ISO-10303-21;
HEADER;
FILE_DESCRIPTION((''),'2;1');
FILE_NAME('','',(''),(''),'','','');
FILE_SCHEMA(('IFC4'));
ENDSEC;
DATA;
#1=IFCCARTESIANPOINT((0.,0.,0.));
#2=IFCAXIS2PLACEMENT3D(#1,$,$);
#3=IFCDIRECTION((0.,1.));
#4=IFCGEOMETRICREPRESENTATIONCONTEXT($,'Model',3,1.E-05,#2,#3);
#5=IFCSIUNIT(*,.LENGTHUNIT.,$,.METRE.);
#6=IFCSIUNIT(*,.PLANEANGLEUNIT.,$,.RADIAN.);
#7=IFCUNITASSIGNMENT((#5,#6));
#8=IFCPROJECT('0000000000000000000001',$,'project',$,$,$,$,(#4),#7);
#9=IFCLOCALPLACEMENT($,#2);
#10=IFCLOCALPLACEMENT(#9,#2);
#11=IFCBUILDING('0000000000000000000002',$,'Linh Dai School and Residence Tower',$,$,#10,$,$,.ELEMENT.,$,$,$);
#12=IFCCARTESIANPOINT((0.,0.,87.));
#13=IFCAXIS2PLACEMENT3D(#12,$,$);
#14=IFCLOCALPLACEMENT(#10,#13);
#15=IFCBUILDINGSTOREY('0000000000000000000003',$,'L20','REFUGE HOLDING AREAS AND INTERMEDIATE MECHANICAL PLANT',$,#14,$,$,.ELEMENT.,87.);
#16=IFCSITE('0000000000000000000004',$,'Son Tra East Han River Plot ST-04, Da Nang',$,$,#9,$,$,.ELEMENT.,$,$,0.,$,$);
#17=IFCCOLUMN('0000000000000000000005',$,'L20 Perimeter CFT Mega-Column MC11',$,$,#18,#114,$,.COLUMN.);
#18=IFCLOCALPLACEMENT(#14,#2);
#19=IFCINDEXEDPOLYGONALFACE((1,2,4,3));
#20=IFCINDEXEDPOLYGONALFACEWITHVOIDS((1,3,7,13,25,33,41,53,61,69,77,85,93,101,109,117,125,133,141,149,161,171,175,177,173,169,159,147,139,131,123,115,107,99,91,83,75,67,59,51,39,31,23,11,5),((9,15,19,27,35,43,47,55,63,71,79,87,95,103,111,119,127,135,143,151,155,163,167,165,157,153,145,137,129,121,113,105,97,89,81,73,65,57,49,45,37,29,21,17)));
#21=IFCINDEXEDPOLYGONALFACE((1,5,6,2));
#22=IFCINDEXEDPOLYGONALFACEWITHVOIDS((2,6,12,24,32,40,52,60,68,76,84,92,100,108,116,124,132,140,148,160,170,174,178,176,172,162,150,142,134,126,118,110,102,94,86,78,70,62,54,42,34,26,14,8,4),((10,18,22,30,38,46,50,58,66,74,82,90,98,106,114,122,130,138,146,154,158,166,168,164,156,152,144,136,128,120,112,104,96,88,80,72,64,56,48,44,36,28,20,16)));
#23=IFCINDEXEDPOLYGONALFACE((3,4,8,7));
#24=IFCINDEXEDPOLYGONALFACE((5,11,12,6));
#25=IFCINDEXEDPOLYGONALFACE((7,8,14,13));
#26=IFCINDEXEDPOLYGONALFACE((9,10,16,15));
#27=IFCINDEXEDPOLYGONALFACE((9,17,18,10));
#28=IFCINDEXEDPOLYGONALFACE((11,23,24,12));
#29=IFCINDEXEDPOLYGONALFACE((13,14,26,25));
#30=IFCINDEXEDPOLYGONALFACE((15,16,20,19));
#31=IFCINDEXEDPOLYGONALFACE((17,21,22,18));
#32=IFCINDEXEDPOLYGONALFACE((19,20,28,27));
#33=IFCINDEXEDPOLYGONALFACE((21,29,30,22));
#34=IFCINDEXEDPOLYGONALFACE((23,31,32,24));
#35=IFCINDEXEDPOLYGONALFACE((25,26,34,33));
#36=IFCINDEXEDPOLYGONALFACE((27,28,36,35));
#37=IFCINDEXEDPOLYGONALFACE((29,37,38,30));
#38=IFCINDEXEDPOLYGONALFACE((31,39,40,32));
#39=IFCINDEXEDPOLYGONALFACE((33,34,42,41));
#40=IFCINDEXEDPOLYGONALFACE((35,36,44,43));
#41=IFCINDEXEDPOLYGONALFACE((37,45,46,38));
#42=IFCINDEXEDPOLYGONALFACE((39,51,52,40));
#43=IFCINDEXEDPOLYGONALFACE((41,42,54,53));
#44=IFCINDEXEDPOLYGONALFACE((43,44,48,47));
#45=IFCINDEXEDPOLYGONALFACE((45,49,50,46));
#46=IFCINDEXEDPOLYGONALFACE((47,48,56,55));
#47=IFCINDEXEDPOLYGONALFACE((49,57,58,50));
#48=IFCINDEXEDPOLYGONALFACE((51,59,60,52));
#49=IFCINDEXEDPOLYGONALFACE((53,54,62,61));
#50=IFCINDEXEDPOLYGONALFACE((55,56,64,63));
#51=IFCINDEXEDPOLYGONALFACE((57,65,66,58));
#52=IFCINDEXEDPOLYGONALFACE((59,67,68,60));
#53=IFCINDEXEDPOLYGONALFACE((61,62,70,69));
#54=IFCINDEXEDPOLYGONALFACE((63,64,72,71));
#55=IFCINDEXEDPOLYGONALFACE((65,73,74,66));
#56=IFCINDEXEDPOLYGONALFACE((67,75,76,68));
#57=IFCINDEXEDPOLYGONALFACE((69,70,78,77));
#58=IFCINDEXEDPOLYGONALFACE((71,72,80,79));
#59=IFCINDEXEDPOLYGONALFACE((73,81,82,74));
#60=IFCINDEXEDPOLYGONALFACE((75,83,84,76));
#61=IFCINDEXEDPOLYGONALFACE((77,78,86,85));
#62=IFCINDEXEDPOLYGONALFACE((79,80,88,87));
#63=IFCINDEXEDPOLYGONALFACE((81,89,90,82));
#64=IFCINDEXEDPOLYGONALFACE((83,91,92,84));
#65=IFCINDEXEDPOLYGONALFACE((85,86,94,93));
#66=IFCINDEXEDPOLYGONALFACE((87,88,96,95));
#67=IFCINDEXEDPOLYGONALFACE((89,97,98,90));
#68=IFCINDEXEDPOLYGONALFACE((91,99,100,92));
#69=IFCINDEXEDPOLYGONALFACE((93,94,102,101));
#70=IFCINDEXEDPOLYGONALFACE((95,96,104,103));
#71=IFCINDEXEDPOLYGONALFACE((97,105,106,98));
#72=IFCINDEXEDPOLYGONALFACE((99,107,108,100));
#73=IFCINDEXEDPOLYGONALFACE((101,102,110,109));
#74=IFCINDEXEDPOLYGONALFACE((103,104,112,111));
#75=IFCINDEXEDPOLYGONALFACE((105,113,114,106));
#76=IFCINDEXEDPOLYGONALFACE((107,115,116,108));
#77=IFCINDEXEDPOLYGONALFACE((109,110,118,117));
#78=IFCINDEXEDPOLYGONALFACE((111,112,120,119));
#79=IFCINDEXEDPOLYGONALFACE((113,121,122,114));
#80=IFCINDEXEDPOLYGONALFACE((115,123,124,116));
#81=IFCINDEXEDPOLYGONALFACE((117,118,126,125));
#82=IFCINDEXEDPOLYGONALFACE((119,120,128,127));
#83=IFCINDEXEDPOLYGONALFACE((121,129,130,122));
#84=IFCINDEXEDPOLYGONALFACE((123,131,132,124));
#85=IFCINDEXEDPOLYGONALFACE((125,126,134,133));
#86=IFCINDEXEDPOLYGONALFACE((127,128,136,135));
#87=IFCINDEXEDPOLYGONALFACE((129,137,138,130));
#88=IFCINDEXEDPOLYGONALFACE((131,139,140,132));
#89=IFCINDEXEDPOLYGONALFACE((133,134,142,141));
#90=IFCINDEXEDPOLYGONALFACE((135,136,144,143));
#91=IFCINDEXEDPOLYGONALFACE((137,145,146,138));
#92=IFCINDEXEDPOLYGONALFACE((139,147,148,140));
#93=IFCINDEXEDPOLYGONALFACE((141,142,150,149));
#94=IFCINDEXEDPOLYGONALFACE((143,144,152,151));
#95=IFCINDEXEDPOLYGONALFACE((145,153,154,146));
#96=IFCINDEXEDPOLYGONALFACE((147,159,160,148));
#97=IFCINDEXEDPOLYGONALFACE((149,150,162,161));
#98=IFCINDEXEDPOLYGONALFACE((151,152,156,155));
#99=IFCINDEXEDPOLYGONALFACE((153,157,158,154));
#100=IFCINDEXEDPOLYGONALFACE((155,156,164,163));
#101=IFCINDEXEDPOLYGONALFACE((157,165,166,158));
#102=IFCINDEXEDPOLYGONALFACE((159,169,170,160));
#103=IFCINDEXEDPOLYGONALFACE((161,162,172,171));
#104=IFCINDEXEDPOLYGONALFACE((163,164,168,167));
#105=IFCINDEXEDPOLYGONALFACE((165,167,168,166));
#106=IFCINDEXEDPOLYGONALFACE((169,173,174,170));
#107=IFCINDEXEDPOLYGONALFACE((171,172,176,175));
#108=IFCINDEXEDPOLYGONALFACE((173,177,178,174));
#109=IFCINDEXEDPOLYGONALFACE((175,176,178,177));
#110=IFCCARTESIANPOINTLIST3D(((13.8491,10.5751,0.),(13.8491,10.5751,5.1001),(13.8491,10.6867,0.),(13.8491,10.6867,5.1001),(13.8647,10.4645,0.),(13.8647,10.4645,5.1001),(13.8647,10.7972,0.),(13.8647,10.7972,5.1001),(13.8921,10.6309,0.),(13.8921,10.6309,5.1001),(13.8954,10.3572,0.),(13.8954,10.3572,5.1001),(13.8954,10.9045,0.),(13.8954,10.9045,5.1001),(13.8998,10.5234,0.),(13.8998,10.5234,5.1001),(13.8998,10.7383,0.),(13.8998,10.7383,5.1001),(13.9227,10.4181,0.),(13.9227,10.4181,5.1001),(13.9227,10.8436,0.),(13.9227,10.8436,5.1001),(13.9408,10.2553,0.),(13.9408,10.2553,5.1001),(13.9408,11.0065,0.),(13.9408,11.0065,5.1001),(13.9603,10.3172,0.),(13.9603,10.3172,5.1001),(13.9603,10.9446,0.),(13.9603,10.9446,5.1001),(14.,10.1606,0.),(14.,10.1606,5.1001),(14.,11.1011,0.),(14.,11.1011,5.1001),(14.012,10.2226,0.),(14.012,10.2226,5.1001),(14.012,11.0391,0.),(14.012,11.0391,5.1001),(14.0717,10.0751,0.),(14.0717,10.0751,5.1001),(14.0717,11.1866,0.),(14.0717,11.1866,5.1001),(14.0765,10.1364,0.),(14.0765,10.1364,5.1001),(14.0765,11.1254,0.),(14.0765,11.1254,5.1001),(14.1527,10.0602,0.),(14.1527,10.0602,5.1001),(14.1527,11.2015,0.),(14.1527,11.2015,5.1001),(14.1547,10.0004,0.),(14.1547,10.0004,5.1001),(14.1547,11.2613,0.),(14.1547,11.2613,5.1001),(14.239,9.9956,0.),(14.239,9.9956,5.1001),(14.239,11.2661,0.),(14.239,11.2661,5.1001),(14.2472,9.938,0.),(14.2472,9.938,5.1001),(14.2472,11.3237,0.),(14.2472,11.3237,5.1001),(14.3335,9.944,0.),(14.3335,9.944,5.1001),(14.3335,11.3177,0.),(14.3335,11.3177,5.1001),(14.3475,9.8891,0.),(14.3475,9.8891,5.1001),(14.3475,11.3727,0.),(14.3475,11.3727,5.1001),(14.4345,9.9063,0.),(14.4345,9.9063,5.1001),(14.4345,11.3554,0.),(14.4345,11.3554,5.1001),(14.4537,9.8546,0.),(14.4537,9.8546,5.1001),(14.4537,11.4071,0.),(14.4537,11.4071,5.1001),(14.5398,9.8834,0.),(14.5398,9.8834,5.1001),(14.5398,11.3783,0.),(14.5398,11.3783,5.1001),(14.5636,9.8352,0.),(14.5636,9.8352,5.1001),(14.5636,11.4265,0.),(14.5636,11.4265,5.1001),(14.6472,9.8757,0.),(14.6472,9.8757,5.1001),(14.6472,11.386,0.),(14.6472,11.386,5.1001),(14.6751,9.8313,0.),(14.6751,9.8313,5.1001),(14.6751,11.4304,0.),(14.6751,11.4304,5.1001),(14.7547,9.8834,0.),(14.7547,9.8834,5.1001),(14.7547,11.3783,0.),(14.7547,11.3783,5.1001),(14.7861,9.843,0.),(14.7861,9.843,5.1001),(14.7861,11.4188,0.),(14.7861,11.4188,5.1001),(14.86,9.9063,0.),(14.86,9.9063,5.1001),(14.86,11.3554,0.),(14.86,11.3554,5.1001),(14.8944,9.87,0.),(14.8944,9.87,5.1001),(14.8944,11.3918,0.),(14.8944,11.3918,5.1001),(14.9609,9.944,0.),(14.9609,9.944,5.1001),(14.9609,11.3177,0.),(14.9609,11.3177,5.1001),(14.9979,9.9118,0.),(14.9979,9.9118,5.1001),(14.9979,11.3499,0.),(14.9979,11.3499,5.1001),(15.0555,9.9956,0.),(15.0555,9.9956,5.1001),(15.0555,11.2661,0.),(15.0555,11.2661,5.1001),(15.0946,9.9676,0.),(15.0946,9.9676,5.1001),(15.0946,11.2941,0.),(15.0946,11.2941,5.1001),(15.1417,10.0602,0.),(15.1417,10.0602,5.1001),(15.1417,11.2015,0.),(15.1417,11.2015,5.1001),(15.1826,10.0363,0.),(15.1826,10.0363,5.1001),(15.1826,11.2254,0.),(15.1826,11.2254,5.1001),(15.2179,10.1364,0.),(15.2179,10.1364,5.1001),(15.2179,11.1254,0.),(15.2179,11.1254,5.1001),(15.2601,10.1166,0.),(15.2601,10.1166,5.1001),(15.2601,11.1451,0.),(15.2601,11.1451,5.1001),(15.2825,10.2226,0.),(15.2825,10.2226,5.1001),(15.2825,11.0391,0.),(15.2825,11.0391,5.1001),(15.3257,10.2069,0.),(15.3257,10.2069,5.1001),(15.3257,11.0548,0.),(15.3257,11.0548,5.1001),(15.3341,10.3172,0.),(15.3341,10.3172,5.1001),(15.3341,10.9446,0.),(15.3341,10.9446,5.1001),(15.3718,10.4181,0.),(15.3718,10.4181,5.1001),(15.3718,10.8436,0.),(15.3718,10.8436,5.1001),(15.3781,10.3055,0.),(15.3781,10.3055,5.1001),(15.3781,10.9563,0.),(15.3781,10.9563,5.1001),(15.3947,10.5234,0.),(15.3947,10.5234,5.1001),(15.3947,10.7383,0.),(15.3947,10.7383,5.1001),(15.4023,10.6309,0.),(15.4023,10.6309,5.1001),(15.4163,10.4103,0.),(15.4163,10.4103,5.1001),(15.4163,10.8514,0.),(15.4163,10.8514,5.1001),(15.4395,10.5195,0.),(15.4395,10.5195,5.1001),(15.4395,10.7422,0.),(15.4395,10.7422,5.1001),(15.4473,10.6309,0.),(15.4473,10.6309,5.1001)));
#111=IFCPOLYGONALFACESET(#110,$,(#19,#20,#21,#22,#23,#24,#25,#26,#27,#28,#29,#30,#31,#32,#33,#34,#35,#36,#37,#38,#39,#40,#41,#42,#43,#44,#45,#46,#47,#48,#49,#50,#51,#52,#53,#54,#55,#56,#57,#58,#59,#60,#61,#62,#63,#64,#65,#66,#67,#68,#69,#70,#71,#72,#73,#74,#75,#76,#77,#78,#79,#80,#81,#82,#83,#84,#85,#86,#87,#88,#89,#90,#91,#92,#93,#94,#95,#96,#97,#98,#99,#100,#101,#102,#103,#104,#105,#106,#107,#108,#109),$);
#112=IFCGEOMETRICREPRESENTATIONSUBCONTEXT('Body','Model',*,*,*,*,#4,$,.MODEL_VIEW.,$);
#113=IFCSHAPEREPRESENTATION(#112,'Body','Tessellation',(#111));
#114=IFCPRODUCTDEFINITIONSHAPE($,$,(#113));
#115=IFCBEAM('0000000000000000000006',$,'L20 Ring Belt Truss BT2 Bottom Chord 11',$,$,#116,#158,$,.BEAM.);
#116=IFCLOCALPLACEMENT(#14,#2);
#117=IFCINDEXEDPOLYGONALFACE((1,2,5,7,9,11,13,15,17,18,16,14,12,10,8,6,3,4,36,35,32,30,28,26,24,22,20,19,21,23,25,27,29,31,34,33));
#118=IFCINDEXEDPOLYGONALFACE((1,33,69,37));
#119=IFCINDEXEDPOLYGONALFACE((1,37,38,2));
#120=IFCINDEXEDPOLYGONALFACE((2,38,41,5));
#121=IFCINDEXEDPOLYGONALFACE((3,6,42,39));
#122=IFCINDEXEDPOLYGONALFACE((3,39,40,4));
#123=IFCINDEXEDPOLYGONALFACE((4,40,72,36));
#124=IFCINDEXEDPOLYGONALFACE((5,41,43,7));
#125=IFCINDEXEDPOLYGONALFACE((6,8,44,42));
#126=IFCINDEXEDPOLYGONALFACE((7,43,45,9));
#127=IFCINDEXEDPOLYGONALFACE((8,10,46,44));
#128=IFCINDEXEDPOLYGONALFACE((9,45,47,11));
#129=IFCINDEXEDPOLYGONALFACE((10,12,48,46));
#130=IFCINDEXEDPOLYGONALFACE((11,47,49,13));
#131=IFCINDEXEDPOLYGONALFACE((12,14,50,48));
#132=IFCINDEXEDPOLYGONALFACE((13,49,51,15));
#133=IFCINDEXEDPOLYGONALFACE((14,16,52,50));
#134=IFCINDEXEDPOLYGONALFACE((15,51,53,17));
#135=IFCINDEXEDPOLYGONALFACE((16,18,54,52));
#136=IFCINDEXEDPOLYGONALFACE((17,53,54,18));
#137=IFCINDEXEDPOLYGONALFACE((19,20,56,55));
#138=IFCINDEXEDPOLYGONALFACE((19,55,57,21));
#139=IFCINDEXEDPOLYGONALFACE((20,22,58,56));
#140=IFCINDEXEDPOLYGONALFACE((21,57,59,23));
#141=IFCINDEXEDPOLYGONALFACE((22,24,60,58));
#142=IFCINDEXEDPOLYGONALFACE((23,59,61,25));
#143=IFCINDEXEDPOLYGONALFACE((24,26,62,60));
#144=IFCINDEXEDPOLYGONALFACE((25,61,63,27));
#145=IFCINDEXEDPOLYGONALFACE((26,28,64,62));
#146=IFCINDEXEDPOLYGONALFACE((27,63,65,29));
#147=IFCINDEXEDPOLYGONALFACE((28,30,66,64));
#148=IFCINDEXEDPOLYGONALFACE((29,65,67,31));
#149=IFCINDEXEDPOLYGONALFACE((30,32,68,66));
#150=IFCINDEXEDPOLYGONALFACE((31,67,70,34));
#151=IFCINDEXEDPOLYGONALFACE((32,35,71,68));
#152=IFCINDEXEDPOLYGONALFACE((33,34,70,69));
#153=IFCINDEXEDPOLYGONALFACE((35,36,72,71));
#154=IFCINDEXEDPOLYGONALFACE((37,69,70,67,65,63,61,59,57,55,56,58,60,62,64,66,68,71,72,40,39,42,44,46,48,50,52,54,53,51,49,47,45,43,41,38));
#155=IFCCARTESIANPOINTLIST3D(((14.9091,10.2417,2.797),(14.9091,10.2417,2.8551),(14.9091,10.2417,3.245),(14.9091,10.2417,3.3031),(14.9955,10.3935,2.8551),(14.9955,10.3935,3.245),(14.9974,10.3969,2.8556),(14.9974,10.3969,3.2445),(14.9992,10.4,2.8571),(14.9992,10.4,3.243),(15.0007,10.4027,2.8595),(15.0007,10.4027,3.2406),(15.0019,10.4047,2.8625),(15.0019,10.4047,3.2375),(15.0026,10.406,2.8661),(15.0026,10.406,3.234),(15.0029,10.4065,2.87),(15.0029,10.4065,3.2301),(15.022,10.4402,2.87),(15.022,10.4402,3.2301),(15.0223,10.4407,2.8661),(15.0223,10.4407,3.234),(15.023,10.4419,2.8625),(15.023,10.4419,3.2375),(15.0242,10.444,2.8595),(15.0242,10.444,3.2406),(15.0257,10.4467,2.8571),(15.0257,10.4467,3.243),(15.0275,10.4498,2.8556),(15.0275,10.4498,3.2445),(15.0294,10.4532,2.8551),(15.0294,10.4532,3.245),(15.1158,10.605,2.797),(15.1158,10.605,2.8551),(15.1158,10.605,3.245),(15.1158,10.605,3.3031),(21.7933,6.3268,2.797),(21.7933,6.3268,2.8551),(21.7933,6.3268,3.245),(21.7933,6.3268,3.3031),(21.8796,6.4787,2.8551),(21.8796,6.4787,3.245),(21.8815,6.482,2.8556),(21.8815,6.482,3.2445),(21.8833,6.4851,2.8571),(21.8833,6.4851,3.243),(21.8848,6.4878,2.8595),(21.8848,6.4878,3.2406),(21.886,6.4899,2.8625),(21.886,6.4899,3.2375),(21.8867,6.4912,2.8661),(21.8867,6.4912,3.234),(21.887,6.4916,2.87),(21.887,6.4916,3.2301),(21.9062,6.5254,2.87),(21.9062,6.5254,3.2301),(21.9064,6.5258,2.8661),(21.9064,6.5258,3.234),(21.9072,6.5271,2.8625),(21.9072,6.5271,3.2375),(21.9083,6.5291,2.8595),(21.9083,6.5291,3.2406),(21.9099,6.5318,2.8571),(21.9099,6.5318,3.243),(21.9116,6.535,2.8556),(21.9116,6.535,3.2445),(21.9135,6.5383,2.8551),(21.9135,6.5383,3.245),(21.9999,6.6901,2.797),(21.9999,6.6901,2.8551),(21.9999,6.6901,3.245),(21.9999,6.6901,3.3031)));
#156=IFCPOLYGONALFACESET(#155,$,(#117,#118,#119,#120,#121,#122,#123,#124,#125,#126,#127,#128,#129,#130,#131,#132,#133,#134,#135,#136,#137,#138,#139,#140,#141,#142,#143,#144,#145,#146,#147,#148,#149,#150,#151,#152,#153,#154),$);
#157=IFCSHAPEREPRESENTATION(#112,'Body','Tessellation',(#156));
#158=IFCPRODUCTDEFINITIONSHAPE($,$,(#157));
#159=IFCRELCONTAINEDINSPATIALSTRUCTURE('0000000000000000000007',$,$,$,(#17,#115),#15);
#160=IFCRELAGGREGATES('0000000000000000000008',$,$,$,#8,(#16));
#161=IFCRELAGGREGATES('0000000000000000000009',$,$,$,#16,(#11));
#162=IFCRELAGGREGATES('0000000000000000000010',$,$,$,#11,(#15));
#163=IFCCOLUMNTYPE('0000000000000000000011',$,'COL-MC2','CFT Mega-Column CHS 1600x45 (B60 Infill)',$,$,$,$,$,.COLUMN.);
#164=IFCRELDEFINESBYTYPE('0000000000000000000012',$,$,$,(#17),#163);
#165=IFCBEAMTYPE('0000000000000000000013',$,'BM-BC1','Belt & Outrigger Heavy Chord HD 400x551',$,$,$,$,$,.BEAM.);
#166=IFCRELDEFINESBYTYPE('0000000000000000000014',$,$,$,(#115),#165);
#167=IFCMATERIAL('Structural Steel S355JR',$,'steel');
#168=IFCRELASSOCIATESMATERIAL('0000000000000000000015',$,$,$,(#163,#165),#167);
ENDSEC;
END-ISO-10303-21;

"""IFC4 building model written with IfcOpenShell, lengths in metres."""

from ifc_helpers import new_model, si_unit, direction, frame, origin, origin_2d, place, context, subcontext, project, spatial, hollow_circle, i_section, extrude, material, material_profile, profile_set, type_object, element, save


model = new_model("IFC4")

# Units and contexts
model_context = context("Model", 3, precision=1e-05, world=origin(), true_north=direction((0.0, 1.0)))
body_context = subcontext(model_context, "Body", "Model", "MODEL_VIEW")
ifc_project = project(units=[si_unit("LENGTHUNIT", "METRE"), si_unit("PLANEANGLEUNIT", "RADIAN")], contexts=[model_context])

# Site, building, storey
site_placement = place(None, origin())
site = spatial("IfcSite", under=ifc_project, at=site_placement, Name="Son Tra East Han River Plot ST-04, Da Nang", CompositionType="ELEMENT", RefElevation=0.0)
building_placement = place(site_placement, origin())
building = spatial("IfcBuilding", under=site, at=building_placement, Name="Linh Dai School and Residence Tower", CompositionType="ELEMENT")
storey_placement = place(building_placement, frame((0.0, 0.0, 87.0)))
storey = spatial("IfcBuildingStorey", under=building, at=storey_placement, Name="L20", Description="REFUGE HOLDING AREAS AND INTERMEDIATE MECHANICAL PLANT", CompositionType="ELEMENT", Elevation=87.0)

# Column
ifc_material_1 = material(Name="Structural Steel S355JR", Category="steel")
ifc_material_profile_1 = material_profile(ifc_material_1, hollow_circle(Radius=0.8, WallThickness=0.0449, at=origin_2d()), Name="CHS 1600x45")
ifc_profile_set_1 = profile_set([ifc_material_profile_1], Name="Structural Steel S355JR")
column_type = type_object("IfcColumnType", Name="COL-MC2", Description="CFT Mega-Column CHS 1600x45 (B60 Infill)", PredefinedType="COLUMN", material=ifc_profile_set_1)
column_placement = place(storey_placement, frame((14.6472, 10.6309, 0.0), z_axis=(0.0, 0.0, 1.0), x_axis=(1.0, 0.0, 0.0)))
element("IfcColumn", 1, at=column_placement, inside=storey, type_object=column_type, Name="L20 Perimeter CFT Mega-Column MC11", PredefinedType="COLUMN", context=body_context, shape_type="SweptSolid", body=[
    extrude(hollow_circle(Radius=0.8, WallThickness=0.0449, at=origin_2d()), origin(), (0.0, 0.0, 1.0), 5.1001),
])

# Beam
ifc_material_profile_2 = material_profile(ifc_material_1, i_section(OverallWidth=0.418, OverallDepth=0.5061, WebThickness=0.0388, FlangeThickness=0.0581, FilletRadius=0.0149, at=origin_2d()), Name="HD 400x551")
ifc_profile_set_2 = profile_set([ifc_material_profile_2], Name="Structural Steel S355JR")
beam_type_1 = type_object("IfcBeamType", Name="BM-BC1", Description="Belt & Outrigger Heavy Chord HD 400x551", PredefinedType="BEAM", material=ifc_profile_set_2)
beam_1_placement = place(storey_placement, frame((15.0125, 10.4233, 3.05), z_axis=(0.869271, -0.494335, 0.0), x_axis=(0.494335, 0.869271, 0.0)))
element("IfcBeam", 2, at=beam_1_placement, inside=storey, type_object=beam_type_1, Name="L20 Ring Belt Truss BT2 Bottom Chord 11", PredefinedType="BEAM", context=body_context, shape_type="SweptSolid", body=[
    extrude(i_section(OverallWidth=0.418, OverallDepth=0.5061, WebThickness=0.0388, FlangeThickness=0.0581, FilletRadius=0.0149, at=origin_2d()), origin(), (0.0, 0.0, 1.0), 7.9194),
])

save(model, "model.ifc")
